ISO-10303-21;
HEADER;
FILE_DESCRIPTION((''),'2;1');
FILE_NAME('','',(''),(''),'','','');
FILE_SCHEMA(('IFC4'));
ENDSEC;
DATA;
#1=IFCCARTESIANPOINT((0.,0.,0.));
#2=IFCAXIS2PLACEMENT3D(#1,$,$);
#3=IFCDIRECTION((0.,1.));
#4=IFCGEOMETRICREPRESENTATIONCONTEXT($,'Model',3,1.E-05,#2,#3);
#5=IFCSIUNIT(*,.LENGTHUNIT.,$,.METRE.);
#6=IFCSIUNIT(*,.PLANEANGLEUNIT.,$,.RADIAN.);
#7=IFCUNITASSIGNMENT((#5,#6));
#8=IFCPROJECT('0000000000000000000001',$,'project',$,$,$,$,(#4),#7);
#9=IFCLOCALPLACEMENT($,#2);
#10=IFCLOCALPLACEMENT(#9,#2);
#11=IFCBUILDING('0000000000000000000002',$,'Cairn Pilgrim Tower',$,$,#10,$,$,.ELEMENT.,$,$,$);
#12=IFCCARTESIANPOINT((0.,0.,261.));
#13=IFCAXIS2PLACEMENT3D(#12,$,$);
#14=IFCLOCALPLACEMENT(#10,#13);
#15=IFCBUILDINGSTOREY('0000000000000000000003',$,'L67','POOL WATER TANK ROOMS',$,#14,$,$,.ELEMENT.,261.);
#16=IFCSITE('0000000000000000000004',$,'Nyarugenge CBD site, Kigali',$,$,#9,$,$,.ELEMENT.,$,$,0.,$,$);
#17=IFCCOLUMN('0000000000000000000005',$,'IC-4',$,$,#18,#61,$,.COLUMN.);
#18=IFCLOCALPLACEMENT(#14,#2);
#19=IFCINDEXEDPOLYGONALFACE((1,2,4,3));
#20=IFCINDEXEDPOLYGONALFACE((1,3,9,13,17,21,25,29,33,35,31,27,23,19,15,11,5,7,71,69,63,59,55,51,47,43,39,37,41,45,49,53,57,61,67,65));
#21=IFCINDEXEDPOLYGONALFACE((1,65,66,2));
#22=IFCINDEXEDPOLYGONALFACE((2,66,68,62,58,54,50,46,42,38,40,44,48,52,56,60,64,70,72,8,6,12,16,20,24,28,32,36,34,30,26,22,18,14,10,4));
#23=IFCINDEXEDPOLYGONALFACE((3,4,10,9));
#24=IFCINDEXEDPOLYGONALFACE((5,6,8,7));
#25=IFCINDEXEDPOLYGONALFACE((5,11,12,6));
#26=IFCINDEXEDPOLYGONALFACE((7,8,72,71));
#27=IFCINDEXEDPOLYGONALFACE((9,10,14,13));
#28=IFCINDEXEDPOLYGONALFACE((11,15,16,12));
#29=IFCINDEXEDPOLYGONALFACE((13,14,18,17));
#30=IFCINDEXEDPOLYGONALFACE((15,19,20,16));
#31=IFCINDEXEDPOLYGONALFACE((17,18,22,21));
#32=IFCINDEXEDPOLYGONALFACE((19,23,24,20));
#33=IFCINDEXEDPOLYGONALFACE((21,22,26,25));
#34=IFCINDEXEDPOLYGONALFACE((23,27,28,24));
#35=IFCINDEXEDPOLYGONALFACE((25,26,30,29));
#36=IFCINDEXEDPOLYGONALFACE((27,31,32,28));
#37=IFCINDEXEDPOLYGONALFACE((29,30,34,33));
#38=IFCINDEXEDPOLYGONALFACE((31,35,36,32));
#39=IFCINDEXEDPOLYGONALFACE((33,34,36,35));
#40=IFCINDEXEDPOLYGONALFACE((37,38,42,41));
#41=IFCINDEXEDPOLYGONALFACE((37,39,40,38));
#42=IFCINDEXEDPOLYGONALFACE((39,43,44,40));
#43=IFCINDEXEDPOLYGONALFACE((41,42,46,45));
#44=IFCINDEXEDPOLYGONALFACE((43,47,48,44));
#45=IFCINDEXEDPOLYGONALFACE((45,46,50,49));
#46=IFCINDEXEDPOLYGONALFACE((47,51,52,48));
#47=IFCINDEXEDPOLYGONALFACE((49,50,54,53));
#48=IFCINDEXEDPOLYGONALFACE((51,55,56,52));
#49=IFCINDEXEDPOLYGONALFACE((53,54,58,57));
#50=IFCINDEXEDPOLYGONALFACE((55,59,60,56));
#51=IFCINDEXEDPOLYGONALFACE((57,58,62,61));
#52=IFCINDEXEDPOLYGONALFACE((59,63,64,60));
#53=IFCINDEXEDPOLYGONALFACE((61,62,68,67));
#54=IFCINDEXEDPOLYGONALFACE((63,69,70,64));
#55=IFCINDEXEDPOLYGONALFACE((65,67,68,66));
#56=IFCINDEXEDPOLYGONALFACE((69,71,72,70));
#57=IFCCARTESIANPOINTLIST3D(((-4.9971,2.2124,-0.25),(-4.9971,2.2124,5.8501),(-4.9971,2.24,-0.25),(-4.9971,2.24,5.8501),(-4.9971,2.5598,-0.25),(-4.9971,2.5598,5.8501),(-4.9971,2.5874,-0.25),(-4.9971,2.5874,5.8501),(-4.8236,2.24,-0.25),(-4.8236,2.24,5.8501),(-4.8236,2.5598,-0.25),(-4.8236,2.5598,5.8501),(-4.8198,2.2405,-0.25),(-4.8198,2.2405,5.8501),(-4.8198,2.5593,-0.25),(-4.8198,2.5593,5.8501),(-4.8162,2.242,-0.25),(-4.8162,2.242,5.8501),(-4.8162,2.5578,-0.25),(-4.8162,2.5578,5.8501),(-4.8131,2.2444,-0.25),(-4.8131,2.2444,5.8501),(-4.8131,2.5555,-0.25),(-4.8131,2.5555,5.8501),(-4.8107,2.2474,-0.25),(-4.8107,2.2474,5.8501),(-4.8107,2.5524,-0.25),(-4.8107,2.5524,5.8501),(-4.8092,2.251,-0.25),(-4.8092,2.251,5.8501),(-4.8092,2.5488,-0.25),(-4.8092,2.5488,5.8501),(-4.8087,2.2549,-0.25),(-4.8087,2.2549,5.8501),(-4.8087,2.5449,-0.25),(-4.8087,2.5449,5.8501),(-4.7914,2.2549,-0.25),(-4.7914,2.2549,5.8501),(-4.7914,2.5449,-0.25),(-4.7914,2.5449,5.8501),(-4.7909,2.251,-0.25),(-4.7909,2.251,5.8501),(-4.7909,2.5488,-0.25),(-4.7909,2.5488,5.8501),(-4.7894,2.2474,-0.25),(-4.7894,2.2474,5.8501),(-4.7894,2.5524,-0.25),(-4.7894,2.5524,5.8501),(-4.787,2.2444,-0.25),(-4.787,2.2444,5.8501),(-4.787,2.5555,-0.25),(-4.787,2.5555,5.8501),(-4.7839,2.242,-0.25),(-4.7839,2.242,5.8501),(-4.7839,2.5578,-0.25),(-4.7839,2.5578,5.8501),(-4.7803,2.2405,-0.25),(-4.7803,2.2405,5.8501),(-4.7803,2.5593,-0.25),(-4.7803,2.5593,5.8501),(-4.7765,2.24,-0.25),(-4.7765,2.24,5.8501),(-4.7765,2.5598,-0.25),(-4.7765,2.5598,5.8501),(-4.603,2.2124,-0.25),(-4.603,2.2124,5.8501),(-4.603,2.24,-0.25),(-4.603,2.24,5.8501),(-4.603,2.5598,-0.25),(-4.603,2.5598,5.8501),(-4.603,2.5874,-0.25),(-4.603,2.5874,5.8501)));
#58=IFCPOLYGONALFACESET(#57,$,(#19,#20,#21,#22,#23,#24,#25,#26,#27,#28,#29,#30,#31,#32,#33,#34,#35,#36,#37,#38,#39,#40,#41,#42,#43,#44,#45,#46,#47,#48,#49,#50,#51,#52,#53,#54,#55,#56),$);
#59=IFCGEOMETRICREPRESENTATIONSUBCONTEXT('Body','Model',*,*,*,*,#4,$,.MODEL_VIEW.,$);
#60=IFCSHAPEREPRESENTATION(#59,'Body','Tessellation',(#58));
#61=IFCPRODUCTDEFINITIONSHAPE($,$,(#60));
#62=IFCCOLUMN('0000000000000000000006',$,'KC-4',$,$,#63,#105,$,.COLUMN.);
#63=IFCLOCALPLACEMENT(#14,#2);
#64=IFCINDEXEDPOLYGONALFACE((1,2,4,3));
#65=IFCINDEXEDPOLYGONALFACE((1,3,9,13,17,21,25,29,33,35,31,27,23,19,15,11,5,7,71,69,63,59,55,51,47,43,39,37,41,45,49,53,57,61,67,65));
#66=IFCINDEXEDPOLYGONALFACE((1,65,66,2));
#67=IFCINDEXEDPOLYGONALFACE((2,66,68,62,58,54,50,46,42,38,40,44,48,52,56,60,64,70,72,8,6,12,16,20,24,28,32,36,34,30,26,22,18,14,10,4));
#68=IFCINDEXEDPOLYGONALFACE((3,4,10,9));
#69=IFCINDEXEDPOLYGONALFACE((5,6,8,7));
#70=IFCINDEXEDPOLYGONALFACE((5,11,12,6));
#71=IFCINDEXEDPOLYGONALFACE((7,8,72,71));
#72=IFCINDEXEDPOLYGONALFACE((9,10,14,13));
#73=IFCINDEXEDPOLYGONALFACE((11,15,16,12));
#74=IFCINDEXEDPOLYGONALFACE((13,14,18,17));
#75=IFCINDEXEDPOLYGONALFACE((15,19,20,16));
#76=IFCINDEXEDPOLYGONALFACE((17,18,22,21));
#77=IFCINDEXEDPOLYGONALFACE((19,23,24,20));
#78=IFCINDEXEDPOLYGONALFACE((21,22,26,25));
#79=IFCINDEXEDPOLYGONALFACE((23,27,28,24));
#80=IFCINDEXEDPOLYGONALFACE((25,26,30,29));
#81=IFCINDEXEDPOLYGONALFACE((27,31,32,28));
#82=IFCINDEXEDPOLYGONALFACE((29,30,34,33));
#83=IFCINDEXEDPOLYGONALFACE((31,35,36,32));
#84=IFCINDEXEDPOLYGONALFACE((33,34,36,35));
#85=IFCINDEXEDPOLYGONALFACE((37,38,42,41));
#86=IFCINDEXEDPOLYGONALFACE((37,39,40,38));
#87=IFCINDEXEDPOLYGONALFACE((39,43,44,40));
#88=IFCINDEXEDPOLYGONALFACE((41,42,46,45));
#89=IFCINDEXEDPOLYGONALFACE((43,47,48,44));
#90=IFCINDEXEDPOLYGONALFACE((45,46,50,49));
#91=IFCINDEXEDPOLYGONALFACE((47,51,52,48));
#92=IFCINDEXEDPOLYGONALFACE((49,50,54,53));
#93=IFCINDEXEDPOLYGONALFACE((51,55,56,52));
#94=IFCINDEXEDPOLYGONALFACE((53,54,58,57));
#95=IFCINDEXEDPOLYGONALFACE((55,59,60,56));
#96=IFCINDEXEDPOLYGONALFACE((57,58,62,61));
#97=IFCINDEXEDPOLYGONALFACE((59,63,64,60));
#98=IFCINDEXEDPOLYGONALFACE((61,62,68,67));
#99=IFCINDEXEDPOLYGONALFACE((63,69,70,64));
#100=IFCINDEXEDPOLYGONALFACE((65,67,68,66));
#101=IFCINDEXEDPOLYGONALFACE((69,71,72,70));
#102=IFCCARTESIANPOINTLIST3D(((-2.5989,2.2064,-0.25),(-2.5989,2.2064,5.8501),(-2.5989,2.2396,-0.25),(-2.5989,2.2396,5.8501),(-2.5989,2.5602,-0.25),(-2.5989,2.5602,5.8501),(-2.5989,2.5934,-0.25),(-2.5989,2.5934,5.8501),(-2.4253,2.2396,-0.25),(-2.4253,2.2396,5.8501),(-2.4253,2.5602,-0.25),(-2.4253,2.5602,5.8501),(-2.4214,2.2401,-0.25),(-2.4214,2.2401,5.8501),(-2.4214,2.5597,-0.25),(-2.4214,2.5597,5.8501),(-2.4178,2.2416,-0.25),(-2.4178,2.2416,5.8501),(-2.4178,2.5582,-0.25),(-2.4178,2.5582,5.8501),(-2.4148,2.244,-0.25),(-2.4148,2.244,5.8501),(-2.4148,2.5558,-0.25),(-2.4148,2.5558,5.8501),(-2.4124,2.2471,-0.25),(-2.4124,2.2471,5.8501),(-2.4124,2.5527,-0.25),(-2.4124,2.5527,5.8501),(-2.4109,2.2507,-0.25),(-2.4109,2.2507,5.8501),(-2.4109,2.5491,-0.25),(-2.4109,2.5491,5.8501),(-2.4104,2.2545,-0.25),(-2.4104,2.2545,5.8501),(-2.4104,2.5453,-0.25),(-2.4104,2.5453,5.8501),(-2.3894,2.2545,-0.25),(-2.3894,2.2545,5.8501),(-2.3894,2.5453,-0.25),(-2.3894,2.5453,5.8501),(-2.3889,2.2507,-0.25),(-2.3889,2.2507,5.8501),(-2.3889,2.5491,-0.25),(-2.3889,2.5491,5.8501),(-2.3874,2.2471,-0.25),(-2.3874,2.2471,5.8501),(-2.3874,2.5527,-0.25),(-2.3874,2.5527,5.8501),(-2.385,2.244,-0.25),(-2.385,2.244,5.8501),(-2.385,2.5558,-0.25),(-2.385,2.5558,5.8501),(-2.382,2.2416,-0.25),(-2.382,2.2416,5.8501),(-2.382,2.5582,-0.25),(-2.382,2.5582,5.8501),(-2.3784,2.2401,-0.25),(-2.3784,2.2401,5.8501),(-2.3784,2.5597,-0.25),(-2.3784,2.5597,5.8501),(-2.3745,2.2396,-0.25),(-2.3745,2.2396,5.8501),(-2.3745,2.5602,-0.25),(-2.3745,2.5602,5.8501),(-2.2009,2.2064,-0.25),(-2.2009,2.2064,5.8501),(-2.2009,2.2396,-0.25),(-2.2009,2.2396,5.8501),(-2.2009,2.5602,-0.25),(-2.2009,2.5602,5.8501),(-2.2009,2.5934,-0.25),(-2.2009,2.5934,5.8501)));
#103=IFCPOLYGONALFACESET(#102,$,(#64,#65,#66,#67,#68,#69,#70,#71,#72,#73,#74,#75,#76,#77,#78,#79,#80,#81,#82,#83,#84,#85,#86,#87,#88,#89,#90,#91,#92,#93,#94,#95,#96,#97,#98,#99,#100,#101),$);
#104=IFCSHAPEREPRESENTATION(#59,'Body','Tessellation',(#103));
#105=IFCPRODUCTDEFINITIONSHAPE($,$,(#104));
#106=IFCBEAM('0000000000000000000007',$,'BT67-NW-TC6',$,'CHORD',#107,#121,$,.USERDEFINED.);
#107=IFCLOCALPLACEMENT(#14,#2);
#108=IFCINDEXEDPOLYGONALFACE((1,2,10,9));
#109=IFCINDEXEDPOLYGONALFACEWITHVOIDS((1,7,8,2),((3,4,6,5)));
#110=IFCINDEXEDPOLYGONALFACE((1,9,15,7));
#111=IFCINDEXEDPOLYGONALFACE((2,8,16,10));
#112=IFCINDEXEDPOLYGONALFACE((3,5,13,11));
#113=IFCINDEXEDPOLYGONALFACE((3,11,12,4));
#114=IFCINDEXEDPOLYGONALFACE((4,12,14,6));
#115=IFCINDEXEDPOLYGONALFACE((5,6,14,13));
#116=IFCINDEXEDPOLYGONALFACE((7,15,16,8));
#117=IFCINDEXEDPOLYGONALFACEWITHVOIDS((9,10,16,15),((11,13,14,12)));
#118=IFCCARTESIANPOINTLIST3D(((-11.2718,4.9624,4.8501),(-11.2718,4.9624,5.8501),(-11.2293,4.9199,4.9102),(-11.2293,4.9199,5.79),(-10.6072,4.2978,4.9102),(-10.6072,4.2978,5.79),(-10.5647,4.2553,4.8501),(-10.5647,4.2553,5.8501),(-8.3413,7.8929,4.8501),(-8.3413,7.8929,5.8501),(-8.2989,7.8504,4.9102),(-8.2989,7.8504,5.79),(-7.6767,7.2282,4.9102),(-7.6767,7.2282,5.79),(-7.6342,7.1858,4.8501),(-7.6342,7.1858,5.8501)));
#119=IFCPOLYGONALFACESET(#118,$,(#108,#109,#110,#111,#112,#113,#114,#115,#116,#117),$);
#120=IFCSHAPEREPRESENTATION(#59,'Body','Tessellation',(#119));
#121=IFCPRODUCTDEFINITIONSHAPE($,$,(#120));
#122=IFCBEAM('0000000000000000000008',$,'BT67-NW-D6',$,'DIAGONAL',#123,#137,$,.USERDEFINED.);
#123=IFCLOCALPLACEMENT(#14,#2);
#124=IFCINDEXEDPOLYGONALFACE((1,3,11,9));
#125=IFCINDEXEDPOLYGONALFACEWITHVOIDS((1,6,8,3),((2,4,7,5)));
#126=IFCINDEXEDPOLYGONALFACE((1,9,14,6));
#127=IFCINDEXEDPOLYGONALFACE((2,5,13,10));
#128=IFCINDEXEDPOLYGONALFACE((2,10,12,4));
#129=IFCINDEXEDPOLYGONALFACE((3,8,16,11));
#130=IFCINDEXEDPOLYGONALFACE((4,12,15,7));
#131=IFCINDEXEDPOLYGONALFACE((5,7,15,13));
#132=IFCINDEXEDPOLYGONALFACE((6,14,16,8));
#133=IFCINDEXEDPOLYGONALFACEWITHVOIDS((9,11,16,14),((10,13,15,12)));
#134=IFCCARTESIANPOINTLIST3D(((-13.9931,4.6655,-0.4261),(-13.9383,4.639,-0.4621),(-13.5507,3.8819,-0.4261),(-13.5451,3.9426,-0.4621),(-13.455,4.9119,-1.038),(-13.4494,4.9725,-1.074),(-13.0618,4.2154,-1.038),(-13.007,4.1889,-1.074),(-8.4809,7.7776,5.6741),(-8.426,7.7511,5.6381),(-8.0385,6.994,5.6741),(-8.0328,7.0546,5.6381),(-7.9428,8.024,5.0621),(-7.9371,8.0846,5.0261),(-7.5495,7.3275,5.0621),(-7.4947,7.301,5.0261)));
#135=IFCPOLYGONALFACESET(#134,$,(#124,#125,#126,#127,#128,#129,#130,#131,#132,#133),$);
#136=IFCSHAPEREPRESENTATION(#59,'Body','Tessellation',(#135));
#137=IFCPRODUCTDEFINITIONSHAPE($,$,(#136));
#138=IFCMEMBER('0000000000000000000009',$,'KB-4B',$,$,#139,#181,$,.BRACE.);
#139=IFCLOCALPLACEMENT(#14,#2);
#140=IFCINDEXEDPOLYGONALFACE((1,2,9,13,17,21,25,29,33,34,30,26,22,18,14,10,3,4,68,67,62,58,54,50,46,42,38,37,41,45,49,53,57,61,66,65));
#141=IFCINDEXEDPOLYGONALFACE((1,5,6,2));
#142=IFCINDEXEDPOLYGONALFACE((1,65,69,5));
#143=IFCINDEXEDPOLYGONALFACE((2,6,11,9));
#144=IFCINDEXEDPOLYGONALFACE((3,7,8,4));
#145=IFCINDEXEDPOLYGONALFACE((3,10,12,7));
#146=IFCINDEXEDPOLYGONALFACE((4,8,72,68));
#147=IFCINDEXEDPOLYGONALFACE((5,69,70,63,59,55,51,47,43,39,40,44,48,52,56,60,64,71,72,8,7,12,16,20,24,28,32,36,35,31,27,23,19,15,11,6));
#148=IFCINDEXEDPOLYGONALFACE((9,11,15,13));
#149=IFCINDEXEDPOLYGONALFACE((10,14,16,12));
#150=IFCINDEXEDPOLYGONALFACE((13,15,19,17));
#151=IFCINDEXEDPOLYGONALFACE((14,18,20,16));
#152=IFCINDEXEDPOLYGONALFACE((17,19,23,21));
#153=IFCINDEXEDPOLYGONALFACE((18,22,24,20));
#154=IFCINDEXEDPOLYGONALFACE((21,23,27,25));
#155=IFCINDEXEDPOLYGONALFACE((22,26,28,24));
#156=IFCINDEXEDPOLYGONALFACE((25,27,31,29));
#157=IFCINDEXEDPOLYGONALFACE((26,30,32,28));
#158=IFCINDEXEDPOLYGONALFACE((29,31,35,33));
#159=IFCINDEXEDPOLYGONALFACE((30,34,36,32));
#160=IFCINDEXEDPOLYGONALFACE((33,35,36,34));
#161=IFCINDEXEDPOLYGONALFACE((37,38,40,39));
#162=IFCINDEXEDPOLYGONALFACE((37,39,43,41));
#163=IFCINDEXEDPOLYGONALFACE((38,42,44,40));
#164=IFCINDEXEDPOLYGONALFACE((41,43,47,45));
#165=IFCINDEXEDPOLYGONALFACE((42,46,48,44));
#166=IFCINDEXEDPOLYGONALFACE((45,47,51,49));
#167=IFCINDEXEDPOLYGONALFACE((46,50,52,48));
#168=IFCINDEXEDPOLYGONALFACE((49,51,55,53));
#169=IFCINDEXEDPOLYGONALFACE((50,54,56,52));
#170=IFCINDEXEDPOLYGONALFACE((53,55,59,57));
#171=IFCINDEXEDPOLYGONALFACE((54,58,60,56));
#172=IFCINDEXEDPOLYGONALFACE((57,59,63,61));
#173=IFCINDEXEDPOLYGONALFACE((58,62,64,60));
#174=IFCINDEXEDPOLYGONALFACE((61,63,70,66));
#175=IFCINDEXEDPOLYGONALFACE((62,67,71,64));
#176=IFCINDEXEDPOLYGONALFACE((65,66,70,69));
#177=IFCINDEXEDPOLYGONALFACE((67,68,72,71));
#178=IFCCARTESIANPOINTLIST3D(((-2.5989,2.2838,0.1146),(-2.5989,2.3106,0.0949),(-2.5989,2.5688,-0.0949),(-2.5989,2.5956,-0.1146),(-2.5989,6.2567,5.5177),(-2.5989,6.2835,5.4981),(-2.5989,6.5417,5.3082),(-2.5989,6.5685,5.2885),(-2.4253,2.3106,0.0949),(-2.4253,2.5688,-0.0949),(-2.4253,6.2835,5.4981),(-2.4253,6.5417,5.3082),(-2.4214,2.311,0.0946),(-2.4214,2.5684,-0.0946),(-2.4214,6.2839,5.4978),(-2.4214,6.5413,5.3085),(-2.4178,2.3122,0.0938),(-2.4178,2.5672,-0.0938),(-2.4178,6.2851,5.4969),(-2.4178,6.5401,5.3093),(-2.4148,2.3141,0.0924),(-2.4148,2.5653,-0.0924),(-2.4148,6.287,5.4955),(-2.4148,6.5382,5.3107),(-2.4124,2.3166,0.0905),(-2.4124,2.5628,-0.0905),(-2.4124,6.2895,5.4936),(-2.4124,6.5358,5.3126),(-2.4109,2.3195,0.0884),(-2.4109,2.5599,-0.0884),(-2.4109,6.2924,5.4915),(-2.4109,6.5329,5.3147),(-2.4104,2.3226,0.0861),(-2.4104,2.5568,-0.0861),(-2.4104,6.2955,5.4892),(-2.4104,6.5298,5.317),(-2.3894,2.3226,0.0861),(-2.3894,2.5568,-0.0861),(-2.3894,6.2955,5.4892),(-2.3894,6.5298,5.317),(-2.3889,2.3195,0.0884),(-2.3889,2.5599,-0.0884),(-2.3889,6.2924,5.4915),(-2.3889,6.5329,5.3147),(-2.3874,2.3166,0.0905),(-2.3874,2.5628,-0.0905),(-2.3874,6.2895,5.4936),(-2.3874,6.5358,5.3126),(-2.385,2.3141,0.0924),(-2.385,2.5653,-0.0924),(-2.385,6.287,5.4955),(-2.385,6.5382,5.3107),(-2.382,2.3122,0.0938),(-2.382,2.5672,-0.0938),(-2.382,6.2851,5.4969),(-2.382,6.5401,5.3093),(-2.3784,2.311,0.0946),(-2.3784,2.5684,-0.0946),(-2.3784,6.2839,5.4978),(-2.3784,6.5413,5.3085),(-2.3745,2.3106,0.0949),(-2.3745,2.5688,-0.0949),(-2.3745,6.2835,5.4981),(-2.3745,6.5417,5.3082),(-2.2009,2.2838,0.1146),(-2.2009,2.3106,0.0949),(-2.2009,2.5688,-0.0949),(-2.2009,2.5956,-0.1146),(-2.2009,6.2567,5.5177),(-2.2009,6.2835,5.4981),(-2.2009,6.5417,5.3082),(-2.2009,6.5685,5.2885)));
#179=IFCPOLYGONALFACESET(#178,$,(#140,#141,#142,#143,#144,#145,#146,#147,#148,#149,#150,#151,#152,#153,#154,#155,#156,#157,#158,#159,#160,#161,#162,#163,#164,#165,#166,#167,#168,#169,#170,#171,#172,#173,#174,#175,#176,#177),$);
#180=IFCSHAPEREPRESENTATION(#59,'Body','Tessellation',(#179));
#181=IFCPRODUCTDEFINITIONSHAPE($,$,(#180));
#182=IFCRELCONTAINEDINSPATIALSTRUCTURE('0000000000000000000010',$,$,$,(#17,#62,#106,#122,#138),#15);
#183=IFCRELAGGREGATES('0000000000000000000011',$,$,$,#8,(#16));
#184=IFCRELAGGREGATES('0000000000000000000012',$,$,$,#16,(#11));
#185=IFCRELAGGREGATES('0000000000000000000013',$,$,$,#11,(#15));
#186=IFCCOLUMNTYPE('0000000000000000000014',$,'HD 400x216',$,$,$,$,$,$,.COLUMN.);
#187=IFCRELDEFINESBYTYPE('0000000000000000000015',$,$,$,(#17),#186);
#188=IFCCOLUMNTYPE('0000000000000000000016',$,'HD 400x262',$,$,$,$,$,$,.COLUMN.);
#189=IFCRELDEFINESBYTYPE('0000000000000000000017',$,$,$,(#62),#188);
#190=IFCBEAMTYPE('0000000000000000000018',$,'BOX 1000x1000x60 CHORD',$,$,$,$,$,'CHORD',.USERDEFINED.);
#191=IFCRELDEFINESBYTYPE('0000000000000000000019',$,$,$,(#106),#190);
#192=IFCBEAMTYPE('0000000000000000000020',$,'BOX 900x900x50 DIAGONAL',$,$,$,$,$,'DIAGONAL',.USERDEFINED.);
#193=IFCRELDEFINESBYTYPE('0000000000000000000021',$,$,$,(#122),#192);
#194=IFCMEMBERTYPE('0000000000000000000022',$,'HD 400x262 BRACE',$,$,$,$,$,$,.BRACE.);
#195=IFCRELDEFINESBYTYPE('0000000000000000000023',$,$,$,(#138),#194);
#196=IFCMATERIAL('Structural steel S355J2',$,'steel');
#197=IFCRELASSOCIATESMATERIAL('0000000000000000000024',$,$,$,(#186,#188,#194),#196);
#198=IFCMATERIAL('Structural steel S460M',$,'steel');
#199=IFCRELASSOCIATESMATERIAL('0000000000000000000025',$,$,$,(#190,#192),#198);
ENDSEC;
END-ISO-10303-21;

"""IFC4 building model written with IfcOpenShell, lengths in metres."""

from ifc_helpers import new_model, si_unit, direction, frame, origin, origin_2d, place, context, subcontext, project, spatial, hollow_rectangle, i_section, extrude, material, material_profile, profile_set, type_object, element, save


model = new_model("IFC4")

# Units and contexts
model_context = context("Model", 3, precision=1e-05, world=origin(), true_north=direction((0.0, 1.0)))
body_context = subcontext(model_context, "Body", "Model", "MODEL_VIEW")
ifc_project = project(units=[si_unit("LENGTHUNIT", "METRE"), si_unit("PLANEANGLEUNIT", "RADIAN")], contexts=[model_context])

# Site, building, storey
site_placement = place(None, origin())
site = spatial("IfcSite", under=ifc_project, at=site_placement, Name="Nyarugenge CBD site, Kigali", CompositionType="ELEMENT", RefElevation=0.0)
building_placement = place(site_placement, origin())
building = spatial("IfcBuilding", under=site, at=building_placement, Name="Cairn Pilgrim Tower", CompositionType="ELEMENT")
storey_placement = place(building_placement, frame((0.0, 0.0, 261.0)))
storey = spatial("IfcBuildingStorey", under=building, at=storey_placement, Name="L67", Description="POOL WATER TANK ROOMS", CompositionType="ELEMENT", Elevation=261.0)

# Columns
ifc_material_1 = material(Name="Structural steel S355J2", Category="steel")
ifc_material_profile_1 = material_profile(ifc_material_1, i_section(OverallWidth=0.394, OverallDepth=0.375, WebThickness=0.0173, FlangeThickness=0.0276, FilletRadius=0.0149, at=origin_2d()), Name="HD 400x216")
ifc_profile_set_1 = profile_set([ifc_material_profile_1], Name="Structural steel S355J2")
column_type_1 = type_object("IfcColumnType", Name="HD 400x216", PredefinedType="COLUMN", material=ifc_profile_set_1)
column_1_placement = place(storey_placement, frame((-4.8, 2.3999, -0.25), z_axis=(0.0, 0.0, 1.0), x_axis=(1.0, 0.0, 0.0)))
element("IfcColumn", 1, at=column_1_placement, inside=storey, type_object=column_type_1, Name="IC-4", PredefinedType="COLUMN", context=body_context, shape_type="SweptSolid", body=[
    extrude(i_section(OverallWidth=0.394, OverallDepth=0.375, WebThickness=0.0173, FlangeThickness=0.0276, FilletRadius=0.0149, at=origin_2d()), origin(), (0.0, 0.0, 1.0), 6.1001),
])
ifc_material_profile_2 = material_profile(ifc_material_1, i_section(OverallWidth=0.3979, OverallDepth=0.387, WebThickness=0.021, FlangeThickness=0.0332, FilletRadius=0.0149, at=origin_2d()), Name="HD 400x262")
ifc_profile_set_2 = profile_set([ifc_material_profile_2], Name="Structural steel S355J2")
column_type_2 = type_object("IfcColumnType", Name="HD 400x262", PredefinedType="COLUMN", material=ifc_profile_set_2)
column_2_placement = place(storey_placement, frame((-2.3999, 2.3999, -0.25), z_axis=(0.0, 0.0, 1.0), x_axis=(1.0, 0.0, 0.0)))
element("IfcColumn", 2, at=column_2_placement, inside=storey, type_object=column_type_2, Name="KC-4", PredefinedType="COLUMN", context=body_context, shape_type="SweptSolid", body=[
    extrude(i_section(OverallWidth=0.3979, OverallDepth=0.387, WebThickness=0.021, FlangeThickness=0.0332, FilletRadius=0.0149, at=origin_2d()), origin(), (0.0, 0.0, 1.0), 6.1001),
])

# Beams
ifc_material_2 = material(Name="Structural steel S460M", Category="steel")
ifc_material_profile_3 = material_profile(ifc_material_2, hollow_rectangle(XDim=1.0, YDim=1.0, WallThickness=0.0601, at=origin_2d()), Name="BOX 1000x1000x60")
ifc_profile_set_3 = profile_set([ifc_material_profile_3], Name="Structural steel S460M")
beam_type_1 = type_object("IfcBeamType", Name="BOX 1000x1000x60 CHORD", ElementType="CHORD", PredefinedType="USERDEFINED", material=ifc_profile_set_3)
beam_1_placement = place(storey_placement, frame((-7.9878, 7.5393, 5.3501), z_axis=(-0.707107, -0.707107, 0.0), x_axis=(0.707107, -0.707107, 0.0)))
element("IfcBeam", 3, at=beam_1_placement, inside=storey, type_object=beam_type_1, Name="BT67-NW-TC6", ObjectType="CHORD", PredefinedType="USERDEFINED", context=body_context, shape_type="SweptSolid", body=[
    extrude(hollow_rectangle(XDim=1.0, YDim=1.0, WallThickness=0.0601, at=origin_2d()), origin(), (0.0, 0.0, 1.0), 4.1443),
])
ifc_material_profile_4 = material_profile(ifc_material_2, hollow_rectangle(XDim=0.8999, YDim=0.8999, WallThickness=0.05, at=origin_2d()), Name="BOX 900x900x50")
ifc_profile_set_4 = profile_set([ifc_material_profile_4], Name="Structural steel S460M")
beam_type_2 = type_object("IfcBeamType", Name="BOX 900x900x50 DIAGONAL", ElementType="DIAGONAL", PredefinedType="USERDEFINED", material=ifc_profile_set_4)
beam_2_placement = place(storey_placement, frame((-7.9878, 7.5393, 5.3501), z_axis=(-0.627033, -0.354008, -0.693908), x_axis=(0.491634, -0.870802, 0.0)))
element("IfcBeam", 4, at=beam_2_placement, inside=storey, type_object=beam_type_2, Name="BT67-NW-D6", ObjectType="DIAGONAL", PredefinedType="USERDEFINED", context=body_context, shape_type="SweptSolid", body=[
    extrude(hollow_rectangle(XDim=0.8999, YDim=0.8999, WallThickness=0.05, at=origin_2d()), origin(), (0.0, 0.0, 1.0), 8.791),
])

# Member
ifc_material_profile_5 = material_profile(ifc_material_1, i_section(OverallWidth=0.3979, OverallDepth=0.387, WebThickness=0.021, FlangeThickness=0.0332, FilletRadius=0.0149, at=origin_2d()), Name="HD 400x262")
ifc_profile_set_5 = profile_set([ifc_material_profile_5], Name="Structural steel S355J2")
member_type = type_object("IfcMemberType", Name="HD 400x262 BRACE", PredefinedType="BRACE", material=ifc_profile_set_5)
member_placement = place(storey_placement, frame((-2.3999, 2.4397, 0.0), z_axis=(0.0, 0.592395, 0.805647), x_axis=(-1.0, 0.0, 0.0)))
element("IfcMember", 5, at=member_placement, inside=storey, type_object=member_type, Name="KB-4B", PredefinedType="BRACE", context=body_context, shape_type="SweptSolid", body=[
    extrude(i_section(OverallWidth=0.3979, OverallDepth=0.387, WebThickness=0.021, FlangeThickness=0.0332, FilletRadius=0.0149, at=origin_2d()), origin(), (0.0, 0.0, 1.0), 6.7065),
])

save(model, "model.ifc")
